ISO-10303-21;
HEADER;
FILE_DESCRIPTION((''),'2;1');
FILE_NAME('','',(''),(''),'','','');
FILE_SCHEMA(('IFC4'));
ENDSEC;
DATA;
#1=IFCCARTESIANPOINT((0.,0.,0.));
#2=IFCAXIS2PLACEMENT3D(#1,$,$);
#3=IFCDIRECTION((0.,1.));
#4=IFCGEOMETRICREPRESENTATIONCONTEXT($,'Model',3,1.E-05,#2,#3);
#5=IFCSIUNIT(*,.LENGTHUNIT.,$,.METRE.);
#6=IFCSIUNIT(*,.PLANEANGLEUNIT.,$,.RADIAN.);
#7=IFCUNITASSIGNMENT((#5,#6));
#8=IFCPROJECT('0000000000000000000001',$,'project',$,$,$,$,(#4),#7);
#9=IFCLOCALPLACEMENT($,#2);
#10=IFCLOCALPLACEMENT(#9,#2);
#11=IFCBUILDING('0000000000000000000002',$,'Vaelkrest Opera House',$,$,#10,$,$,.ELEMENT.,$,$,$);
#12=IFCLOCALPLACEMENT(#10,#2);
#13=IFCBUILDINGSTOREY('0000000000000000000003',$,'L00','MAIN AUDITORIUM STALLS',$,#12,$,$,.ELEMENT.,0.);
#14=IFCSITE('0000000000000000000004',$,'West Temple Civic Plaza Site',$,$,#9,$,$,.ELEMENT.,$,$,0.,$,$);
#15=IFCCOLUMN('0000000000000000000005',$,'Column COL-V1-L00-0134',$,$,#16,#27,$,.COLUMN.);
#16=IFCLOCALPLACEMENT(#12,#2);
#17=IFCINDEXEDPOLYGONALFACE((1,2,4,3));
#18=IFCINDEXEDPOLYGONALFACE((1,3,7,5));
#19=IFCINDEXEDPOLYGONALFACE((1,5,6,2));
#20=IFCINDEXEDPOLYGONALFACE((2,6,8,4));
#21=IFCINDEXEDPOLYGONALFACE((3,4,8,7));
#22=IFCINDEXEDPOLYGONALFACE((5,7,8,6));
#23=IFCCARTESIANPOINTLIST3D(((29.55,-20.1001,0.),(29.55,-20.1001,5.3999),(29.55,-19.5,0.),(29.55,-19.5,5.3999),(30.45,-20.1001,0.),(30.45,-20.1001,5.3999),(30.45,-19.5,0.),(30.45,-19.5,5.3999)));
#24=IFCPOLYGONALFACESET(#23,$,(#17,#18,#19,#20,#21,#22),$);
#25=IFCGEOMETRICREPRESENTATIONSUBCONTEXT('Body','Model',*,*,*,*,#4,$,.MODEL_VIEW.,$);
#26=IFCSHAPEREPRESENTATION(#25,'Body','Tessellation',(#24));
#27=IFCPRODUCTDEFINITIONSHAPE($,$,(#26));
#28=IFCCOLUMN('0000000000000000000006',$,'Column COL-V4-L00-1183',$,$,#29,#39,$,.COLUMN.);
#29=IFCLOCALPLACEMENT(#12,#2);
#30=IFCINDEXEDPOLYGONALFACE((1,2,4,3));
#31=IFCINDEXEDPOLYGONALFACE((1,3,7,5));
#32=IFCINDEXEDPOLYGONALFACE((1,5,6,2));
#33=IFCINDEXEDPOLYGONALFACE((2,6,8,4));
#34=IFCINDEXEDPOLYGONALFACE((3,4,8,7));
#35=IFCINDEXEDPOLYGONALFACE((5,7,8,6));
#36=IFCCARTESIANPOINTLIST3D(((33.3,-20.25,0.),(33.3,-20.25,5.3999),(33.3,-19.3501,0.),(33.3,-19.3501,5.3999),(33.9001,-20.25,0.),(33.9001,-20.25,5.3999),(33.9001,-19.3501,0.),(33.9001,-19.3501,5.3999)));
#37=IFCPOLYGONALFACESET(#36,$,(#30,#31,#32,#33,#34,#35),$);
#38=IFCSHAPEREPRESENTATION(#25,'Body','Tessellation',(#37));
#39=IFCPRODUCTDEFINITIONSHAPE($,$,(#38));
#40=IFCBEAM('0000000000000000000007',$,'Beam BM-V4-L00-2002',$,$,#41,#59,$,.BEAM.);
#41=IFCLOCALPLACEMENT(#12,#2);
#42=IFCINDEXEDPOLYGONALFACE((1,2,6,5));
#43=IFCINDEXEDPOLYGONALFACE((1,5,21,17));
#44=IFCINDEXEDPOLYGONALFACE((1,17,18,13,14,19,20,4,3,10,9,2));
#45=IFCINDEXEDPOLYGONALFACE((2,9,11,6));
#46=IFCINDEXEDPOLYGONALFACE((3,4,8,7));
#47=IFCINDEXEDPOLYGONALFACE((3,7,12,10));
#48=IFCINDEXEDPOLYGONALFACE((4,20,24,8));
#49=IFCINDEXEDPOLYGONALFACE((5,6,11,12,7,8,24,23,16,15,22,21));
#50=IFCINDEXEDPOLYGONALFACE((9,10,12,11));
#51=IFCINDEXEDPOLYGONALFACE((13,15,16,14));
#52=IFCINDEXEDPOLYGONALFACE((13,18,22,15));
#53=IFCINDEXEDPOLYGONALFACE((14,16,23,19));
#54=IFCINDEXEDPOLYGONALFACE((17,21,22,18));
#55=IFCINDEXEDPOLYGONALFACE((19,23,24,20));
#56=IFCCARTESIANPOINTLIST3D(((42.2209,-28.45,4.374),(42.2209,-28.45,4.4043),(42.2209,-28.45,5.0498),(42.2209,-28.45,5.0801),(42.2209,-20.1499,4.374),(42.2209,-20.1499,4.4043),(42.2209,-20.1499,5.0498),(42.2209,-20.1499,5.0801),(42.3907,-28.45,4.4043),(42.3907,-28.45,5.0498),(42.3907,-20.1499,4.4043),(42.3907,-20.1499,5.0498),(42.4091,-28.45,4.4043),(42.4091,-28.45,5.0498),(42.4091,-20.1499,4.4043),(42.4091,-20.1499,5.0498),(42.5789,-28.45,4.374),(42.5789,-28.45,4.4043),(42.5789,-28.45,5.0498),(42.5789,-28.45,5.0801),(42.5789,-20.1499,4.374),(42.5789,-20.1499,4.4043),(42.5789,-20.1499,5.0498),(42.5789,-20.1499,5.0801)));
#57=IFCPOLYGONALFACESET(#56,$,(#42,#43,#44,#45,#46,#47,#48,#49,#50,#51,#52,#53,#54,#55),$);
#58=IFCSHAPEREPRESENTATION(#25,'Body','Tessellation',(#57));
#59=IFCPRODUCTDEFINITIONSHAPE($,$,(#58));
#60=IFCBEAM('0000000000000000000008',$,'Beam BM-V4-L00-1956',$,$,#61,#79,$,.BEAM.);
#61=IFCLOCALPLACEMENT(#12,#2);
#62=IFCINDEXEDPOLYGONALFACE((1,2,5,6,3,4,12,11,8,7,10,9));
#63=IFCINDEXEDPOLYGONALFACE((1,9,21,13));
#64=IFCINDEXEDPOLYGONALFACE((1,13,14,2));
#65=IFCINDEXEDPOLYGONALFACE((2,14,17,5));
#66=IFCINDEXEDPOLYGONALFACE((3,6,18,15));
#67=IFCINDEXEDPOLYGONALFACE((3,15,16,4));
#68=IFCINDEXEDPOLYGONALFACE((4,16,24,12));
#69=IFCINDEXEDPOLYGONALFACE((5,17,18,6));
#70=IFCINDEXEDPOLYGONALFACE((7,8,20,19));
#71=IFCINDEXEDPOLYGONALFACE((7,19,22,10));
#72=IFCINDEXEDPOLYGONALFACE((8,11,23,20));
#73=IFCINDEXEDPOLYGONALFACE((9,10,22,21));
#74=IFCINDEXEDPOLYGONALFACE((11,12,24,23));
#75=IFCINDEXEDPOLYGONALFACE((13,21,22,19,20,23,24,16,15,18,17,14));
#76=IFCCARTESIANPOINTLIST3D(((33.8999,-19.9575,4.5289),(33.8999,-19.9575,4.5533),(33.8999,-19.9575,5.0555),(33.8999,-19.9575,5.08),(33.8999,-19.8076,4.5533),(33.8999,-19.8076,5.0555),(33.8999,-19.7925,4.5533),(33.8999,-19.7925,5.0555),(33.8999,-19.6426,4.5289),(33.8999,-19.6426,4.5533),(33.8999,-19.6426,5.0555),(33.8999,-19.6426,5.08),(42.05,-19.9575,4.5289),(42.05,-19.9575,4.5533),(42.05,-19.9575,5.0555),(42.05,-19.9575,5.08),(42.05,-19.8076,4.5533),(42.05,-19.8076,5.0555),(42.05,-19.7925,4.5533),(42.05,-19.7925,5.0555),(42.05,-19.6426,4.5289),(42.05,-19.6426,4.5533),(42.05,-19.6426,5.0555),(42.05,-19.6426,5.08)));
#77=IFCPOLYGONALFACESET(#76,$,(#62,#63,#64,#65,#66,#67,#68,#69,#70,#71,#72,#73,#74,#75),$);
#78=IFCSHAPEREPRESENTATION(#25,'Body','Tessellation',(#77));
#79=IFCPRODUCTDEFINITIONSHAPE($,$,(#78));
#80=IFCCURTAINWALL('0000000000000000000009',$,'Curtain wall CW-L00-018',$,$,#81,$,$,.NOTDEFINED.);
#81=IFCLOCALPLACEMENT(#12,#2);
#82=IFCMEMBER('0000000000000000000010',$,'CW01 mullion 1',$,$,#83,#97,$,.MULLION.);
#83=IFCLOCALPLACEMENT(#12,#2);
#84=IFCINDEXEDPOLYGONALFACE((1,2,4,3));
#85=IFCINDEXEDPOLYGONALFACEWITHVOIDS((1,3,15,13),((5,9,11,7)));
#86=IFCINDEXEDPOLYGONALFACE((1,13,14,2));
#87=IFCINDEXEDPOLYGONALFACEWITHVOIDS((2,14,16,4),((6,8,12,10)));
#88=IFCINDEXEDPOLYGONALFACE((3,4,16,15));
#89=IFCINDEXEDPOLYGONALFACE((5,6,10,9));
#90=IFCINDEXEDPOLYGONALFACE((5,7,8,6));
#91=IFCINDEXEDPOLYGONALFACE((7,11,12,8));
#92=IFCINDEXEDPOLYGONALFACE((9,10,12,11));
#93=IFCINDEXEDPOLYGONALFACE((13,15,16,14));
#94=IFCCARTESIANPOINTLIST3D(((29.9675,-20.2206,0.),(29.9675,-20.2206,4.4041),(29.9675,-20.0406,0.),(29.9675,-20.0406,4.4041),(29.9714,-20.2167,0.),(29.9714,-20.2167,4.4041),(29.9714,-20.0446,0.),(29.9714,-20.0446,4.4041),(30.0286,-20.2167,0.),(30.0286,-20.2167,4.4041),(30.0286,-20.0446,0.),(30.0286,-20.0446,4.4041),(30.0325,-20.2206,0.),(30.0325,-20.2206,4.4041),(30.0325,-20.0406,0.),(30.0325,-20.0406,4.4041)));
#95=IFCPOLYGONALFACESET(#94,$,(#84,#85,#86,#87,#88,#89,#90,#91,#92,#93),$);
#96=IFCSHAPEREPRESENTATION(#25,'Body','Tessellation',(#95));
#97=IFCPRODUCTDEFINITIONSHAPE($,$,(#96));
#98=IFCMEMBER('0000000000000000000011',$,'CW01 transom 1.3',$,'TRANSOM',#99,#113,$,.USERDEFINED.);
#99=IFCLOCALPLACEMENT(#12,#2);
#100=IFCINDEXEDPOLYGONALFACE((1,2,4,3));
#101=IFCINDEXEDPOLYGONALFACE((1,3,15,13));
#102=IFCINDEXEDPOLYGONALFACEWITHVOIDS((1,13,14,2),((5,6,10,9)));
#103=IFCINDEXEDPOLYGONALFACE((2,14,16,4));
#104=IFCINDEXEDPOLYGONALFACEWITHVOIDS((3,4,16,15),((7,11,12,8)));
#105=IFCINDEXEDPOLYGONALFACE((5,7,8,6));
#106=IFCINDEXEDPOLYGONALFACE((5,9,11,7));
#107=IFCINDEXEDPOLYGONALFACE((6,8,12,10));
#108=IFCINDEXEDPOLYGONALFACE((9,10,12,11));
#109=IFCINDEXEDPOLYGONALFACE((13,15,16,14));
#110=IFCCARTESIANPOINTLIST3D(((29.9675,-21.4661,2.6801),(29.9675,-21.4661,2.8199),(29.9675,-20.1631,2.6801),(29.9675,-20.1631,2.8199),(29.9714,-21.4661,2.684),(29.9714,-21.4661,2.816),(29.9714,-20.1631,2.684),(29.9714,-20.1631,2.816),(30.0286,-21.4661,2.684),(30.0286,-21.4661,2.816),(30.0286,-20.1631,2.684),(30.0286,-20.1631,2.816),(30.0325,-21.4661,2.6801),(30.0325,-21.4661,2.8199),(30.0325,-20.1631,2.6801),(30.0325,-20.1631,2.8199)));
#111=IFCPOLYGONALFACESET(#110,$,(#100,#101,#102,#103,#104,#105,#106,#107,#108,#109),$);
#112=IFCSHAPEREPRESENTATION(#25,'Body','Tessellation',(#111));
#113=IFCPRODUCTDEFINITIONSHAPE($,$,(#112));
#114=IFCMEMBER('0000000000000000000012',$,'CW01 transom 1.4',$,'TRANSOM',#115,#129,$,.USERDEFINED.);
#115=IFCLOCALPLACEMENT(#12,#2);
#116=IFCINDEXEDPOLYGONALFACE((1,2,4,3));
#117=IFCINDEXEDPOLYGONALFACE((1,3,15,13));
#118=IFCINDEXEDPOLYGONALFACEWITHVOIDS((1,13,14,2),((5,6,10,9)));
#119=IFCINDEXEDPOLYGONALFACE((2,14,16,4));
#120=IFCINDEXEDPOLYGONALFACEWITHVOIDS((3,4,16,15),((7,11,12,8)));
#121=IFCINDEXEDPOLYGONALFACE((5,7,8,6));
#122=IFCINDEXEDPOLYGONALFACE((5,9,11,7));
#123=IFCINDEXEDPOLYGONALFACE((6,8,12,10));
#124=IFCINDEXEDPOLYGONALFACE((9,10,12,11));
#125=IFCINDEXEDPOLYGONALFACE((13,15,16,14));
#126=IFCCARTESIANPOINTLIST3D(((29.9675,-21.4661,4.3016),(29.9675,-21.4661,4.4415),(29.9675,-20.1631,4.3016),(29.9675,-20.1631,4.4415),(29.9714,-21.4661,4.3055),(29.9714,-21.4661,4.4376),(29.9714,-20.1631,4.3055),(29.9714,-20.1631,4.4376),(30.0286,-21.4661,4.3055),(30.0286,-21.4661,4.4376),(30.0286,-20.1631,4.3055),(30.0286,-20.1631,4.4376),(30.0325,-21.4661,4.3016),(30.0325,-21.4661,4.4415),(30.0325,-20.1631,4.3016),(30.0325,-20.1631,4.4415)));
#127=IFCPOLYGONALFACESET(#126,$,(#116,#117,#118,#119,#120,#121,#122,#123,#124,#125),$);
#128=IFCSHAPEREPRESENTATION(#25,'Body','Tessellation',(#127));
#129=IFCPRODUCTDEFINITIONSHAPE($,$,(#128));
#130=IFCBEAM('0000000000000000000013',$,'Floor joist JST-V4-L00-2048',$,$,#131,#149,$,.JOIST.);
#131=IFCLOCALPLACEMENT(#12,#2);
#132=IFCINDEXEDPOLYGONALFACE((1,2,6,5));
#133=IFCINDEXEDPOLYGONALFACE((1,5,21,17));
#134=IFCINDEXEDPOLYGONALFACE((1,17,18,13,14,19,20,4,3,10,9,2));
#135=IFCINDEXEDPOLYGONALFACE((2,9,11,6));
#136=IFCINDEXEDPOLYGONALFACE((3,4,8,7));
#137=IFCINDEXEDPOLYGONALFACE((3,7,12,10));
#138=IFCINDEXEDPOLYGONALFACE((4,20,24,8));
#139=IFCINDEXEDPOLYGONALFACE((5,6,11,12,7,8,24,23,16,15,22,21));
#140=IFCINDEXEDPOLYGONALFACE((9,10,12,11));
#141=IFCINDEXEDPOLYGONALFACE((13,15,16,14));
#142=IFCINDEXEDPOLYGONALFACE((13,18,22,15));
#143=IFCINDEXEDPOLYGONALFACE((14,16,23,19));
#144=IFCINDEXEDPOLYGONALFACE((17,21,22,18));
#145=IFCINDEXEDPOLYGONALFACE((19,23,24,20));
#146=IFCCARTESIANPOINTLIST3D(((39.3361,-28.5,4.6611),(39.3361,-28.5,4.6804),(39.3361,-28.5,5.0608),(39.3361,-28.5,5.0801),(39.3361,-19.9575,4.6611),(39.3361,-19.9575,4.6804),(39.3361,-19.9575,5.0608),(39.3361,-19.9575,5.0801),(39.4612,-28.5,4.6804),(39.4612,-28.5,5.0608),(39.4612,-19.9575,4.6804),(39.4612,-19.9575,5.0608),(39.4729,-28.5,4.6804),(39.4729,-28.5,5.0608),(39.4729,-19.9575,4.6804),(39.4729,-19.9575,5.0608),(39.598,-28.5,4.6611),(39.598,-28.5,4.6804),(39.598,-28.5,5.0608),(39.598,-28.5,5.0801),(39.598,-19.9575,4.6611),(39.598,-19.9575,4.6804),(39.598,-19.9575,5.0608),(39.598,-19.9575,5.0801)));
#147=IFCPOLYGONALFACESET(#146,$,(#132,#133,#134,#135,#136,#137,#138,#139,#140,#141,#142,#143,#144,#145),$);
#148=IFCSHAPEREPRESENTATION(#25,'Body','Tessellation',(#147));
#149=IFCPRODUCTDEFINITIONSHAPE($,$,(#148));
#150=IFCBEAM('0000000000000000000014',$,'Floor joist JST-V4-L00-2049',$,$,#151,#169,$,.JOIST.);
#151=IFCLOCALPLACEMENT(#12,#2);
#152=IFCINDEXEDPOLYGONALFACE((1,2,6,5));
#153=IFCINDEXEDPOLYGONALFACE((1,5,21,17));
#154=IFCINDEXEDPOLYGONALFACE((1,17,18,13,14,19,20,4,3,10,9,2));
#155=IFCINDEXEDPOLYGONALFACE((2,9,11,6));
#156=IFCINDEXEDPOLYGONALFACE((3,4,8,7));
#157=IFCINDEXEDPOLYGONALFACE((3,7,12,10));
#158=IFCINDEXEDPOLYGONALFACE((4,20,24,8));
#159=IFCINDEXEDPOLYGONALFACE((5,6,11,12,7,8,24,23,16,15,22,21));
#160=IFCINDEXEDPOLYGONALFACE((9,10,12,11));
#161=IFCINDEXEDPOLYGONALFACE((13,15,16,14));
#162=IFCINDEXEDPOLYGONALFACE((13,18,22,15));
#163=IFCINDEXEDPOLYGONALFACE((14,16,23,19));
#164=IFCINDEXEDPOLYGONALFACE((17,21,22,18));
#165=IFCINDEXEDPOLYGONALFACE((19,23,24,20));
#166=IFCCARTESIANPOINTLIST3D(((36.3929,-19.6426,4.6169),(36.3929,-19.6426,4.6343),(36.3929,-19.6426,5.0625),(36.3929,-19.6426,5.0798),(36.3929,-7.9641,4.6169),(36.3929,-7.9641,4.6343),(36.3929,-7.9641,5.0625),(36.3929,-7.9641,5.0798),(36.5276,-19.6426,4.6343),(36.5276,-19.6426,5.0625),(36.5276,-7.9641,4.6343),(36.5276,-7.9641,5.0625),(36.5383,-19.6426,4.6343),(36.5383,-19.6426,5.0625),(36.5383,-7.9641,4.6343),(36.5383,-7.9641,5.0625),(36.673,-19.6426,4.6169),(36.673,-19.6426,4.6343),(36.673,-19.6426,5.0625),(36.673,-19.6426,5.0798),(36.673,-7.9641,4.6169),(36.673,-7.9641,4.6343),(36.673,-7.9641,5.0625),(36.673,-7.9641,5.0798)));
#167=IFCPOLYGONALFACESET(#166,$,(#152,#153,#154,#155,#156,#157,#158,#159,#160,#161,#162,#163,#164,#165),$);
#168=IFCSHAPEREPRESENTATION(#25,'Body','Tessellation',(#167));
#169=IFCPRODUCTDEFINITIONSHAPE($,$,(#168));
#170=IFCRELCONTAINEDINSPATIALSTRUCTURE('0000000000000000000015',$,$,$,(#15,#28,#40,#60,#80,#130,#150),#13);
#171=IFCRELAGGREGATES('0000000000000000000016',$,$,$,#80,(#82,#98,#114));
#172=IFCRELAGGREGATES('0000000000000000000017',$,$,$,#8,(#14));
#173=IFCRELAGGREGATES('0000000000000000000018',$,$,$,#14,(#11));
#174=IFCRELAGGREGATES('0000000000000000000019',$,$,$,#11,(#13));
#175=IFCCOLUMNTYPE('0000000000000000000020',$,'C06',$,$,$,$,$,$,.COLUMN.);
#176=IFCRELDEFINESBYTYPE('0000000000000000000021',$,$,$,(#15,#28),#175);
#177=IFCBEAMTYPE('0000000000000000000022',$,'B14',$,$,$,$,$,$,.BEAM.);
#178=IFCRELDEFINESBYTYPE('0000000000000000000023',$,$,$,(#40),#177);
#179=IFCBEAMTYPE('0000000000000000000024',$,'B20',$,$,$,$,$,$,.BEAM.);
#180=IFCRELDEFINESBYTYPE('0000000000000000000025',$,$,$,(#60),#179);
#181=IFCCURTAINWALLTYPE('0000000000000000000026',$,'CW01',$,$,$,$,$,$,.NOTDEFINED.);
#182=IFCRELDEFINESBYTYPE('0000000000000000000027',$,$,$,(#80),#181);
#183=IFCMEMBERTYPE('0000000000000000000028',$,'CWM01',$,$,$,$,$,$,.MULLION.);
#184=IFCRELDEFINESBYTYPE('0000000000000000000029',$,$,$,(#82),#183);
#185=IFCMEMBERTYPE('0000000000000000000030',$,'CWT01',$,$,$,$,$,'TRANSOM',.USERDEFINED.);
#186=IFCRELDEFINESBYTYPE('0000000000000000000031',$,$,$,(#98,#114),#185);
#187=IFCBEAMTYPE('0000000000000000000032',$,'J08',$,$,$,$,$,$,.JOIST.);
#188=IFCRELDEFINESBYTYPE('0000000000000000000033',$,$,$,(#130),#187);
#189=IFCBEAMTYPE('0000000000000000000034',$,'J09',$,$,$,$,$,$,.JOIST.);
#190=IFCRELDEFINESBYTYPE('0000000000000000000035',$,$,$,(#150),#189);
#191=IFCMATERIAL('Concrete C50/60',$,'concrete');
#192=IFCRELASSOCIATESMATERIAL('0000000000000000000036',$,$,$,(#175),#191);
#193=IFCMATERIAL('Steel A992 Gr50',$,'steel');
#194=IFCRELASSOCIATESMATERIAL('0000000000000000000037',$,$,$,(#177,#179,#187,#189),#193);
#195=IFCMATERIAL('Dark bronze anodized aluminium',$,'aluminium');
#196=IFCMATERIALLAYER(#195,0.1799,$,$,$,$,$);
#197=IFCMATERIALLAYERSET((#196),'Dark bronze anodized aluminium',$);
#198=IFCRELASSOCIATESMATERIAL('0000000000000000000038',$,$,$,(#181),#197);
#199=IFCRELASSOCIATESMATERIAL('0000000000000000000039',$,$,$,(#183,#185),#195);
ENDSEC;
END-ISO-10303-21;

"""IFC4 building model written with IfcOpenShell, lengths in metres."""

from ifc_helpers import new_model, si_unit, direction, frame, origin, origin_2d, place, context, subcontext, project, spatial, rectangle, hollow_rectangle, i_section, extrude, material, layer, layer_set, material_profile, profile_set, type_object, element, aggregate, save


model = new_model("IFC4")

# Units and contexts
model_context = context("Model", 3, precision=1e-05, world=origin(), true_north=direction((0.0, 1.0)))
body_context = subcontext(model_context, "Body", "Model", "MODEL_VIEW")
ifc_project = project(units=[si_unit("LENGTHUNIT", "METRE"), si_unit("PLANEANGLEUNIT", "RADIAN")], contexts=[model_context])

# Site, building, storey
site_placement = place(None, origin())
site = spatial("IfcSite", under=ifc_project, at=site_placement, Name="West Temple Civic Plaza Site", CompositionType="ELEMENT", RefElevation=0.0)
building_placement = place(site_placement, origin())
building = spatial("IfcBuilding", under=site, at=building_placement, Name="Vaelkrest Opera House", CompositionType="ELEMENT")
storey_placement = place(building_placement, origin())
storey = spatial("IfcBuildingStorey", under=building, at=storey_placement, Name="L00", Description="MAIN AUDITORIUM STALLS", CompositionType="ELEMENT", Elevation=0.0)

# Columns
ifc_material_1 = material(Name="Concrete C50/60", Category="concrete")
ifc_material_profile_1 = material_profile(ifc_material_1, rectangle(XDim=0.6001, YDim=0.8999, at=origin_2d()), Name="RC600X900")
ifc_profile_set_1 = profile_set([ifc_material_profile_1], Name="Concrete C50/60")
column_type = type_object("IfcColumnType", Name="C06", PredefinedType="COLUMN", material=ifc_profile_set_1)
for number, where, z_axis, x_axis, name in (
    (1, (30.0, -19.8, 0.0), (0.0, 0.0, 1.0), (0.0, 1.0, 0.0), "Column COL-V1-L00-0134"),
    (2, (33.6001, -19.8, 0.0), (0.0, 0.0, 1.0), (1.0, 0.0, 0.0), "Column COL-V4-L00-1183"),
):
    element("IfcColumn", number, at=place(storey_placement, frame(where, z_axis=z_axis, x_axis=x_axis)), inside=storey, type_object=column_type, Name=name, PredefinedType="COLUMN", context=body_context, shape_type="SweptSolid", body=[
        extrude(rectangle(XDim=0.6001, YDim=0.8999, at=origin_2d()), origin(), (0.0, 0.0, 1.0), 5.3999),
    ])

# Beams
ifc_material_2 = material(Name="Steel A992 Gr50", Category="steel")
ifc_material_profile_2 = material_profile(ifc_material_2, i_section(OverallWidth=0.3579, OverallDepth=0.7061, WebThickness=0.0183, FlangeThickness=0.0303, at=origin_2d()), Name="W27X178")
ifc_profile_set_2 = profile_set([ifc_material_profile_2], Name="Steel A992 Gr50")
beam_type_1 = type_object("IfcBeamType", Name="B14", PredefinedType="BEAM", material=ifc_profile_set_2)
beam_1_placement = place(storey_placement, frame((42.3999, -28.45, 4.7271), z_axis=(0.0, 1.0, 0.0), x_axis=(-1.0, 0.0, 0.0)))
element("IfcBeam", 3, at=beam_1_placement, inside=storey, type_object=beam_type_1, Name="Beam BM-V4-L00-2002", PredefinedType="BEAM", context=body_context, shape_type="SweptSolid", body=[
    extrude(i_section(OverallWidth=0.3579, OverallDepth=0.7061, WebThickness=0.0183, FlangeThickness=0.0303, at=origin_2d()), origin(), (0.0, 0.0, 1.0), 8.3),
])
ifc_material_profile_3 = material_profile(ifc_material_2, i_section(OverallWidth=0.3149, OverallDepth=0.551, WebThickness=0.0151, FlangeThickness=0.0244, at=origin_2d()), Name="W21X122")
ifc_profile_set_3 = profile_set([ifc_material_profile_3], Name="Steel A992 Gr50")
beam_type_2 = type_object("IfcBeamType", Name="B20", PredefinedType="BEAM", material=ifc_profile_set_3)
beam_2_placement = place(storey_placement, frame((33.8999, -19.8, 4.8044), z_axis=(1.0, 0.0, 0.0), x_axis=(0.0, 1.0, 0.0)))
element("IfcBeam", 4, at=beam_2_placement, inside=storey, type_object=beam_type_2, Name="Beam BM-V4-L00-1956", PredefinedType="BEAM", context=body_context, shape_type="SweptSolid", body=[
    extrude(i_section(OverallWidth=0.3149, OverallDepth=0.551, WebThickness=0.0151, FlangeThickness=0.0244, at=origin_2d()), origin(), (0.0, 0.0, 1.0), 8.1501),
])

# Curtain wall, members
ifc_material_3 = material(Name="Dark bronze anodized aluminium", Category="aluminium")
ifc_layer_1 = layer(ifc_material_3, 0.1799)
ifc_layer_set_1 = layer_set([ifc_layer_1], Name="Dark bronze anodized aluminium")
curtain_wall_type = type_object("IfcCurtainWallType", Name="CW01", PredefinedType="NOTDEFINED", material=ifc_layer_set_1)
curtain_wall_placement = place(storey_placement, origin())
curtain_wall = element("IfcCurtainWall", 5, at=curtain_wall_placement, inside=storey, type_object=curtain_wall_type, Name="Curtain wall CW-L00-018", PredefinedType="NOTDEFINED")
ifc_material_profile_4 = material_profile(ifc_material_3, hollow_rectangle(XDim=0.0649, YDim=0.1799, WallThickness=0.0039, at=origin_2d()), Name="CWM65X180")
ifc_profile_set_4 = profile_set([ifc_material_profile_4], Name="Dark bronze anodized aluminium")
member_type_1 = type_object("IfcMemberType", Name="CWM01", PredefinedType="MULLION", material=ifc_profile_set_4)
member_1_placement = place(storey_placement, frame((30.0, -20.1306, 0.0), z_axis=(0.0, 0.0, 1.0), x_axis=(1.0, 0.0, 0.0)))
member_1 = element("IfcMember", 6, at=member_1_placement, type_object=member_type_1, Name="CW01 mullion 1", PredefinedType="MULLION", context=body_context, shape_type="SweptSolid", body=[
    extrude(hollow_rectangle(XDim=0.0649, YDim=0.1799, WallThickness=0.0039, at=origin_2d()), origin(), (0.0, 0.0, 1.0), 4.4041),
])
ifc_material_profile_5 = material_profile(ifc_material_3, hollow_rectangle(XDim=0.0649, YDim=0.1399, WallThickness=0.0039, at=origin_2d()), Name="CWT65X140")
ifc_profile_set_5 = profile_set([ifc_material_profile_5], Name="Dark bronze anodized aluminium")
member_type_2 = type_object("IfcMemberType", Name="CWT01", ElementType="TRANSOM", PredefinedType="USERDEFINED", material=ifc_profile_set_5)
member_2_placement = place(storey_placement, frame((30.0, -20.1631, 2.75), z_axis=(0.0, -1.0, 0.0), x_axis=(1.0, 0.0, 0.0)))
member_2 = element("IfcMember", 7, at=member_2_placement, type_object=member_type_2, Name="CW01 transom 1.3", ObjectType="TRANSOM", PredefinedType="USERDEFINED", context=body_context, shape_type="SweptSolid", body=[
    extrude(hollow_rectangle(XDim=0.0649, YDim=0.1399, WallThickness=0.0039, at=origin_2d()), origin(), (0.0, 0.0, 1.0), 1.303),
])
member_3_placement = place(storey_placement, frame((30.0, -20.1631, 4.3716), z_axis=(0.0, -1.0, 0.0), x_axis=(1.0, 0.0, 0.0)))
member_3 = element("IfcMember", 8, at=member_3_placement, type_object=member_type_2, Name="CW01 transom 1.4", ObjectType="TRANSOM", PredefinedType="USERDEFINED", context=body_context, shape_type="SweptSolid", body=[
    extrude(hollow_rectangle(XDim=0.0649, YDim=0.1399, WallThickness=0.0039, at=origin_2d()), origin(), (0.0, 0.0, 1.0), 1.303),
])
aggregate(curtain_wall, [member_1, member_2, member_3])

# Beams
ifc_material_profile_6 = material_profile(ifc_material_2, i_section(OverallWidth=0.262, OverallDepth=0.4189, WebThickness=0.0117, FlangeThickness=0.0193, at=origin_2d()), Name="W16X77")
ifc_profile_set_6 = profile_set([ifc_material_profile_6], Name="Steel A992 Gr50")
beam_type_3 = type_object("IfcBeamType", Name="J08", PredefinedType="JOIST", material=ifc_profile_set_6)
beam_3_placement = place(storey_placement, frame((39.467, -28.5, 4.8706), z_axis=(0.0, 1.0, 0.0), x_axis=(-1.0, 0.0, 0.0)))
element("IfcBeam", 9, at=beam_3_placement, inside=storey, type_object=beam_type_3, Name="Floor joist JST-V4-L00-2048", PredefinedType="JOIST", context=body_context, shape_type="SweptSolid", body=[
    extrude(i_section(OverallWidth=0.262, OverallDepth=0.4189, WebThickness=0.0117, FlangeThickness=0.0193, at=origin_2d()), origin(), (0.0, 0.0, 1.0), 8.5425),
])
ifc_material_profile_7 = material_profile(ifc_material_2, i_section(OverallWidth=0.28, OverallDepth=0.4629, WebThickness=0.0107, FlangeThickness=0.0173, at=origin_2d()), Name="W18X76")
ifc_profile_set_7 = profile_set([ifc_material_profile_7], Name="Steel A992 Gr50")
beam_type_4 = type_object("IfcBeamType", Name="J09", PredefinedType="JOIST", material=ifc_profile_set_7)
beam_4_placement = place(storey_placement, frame((36.533, -19.6426, 4.8484), z_axis=(0.0, 1.0, 0.0), x_axis=(-1.0, 0.0, 0.0)))
element("IfcBeam", 10, at=beam_4_placement, inside=storey, type_object=beam_type_4, Name="Floor joist JST-V4-L00-2049", PredefinedType="JOIST", context=body_context, shape_type="SweptSolid", body=[
    extrude(i_section(OverallWidth=0.28, OverallDepth=0.4629, WebThickness=0.0107, FlangeThickness=0.0173, at=origin_2d()), origin(), (0.0, 0.0, 1.0), 11.6785),
])

save(model, "model.ifc")
